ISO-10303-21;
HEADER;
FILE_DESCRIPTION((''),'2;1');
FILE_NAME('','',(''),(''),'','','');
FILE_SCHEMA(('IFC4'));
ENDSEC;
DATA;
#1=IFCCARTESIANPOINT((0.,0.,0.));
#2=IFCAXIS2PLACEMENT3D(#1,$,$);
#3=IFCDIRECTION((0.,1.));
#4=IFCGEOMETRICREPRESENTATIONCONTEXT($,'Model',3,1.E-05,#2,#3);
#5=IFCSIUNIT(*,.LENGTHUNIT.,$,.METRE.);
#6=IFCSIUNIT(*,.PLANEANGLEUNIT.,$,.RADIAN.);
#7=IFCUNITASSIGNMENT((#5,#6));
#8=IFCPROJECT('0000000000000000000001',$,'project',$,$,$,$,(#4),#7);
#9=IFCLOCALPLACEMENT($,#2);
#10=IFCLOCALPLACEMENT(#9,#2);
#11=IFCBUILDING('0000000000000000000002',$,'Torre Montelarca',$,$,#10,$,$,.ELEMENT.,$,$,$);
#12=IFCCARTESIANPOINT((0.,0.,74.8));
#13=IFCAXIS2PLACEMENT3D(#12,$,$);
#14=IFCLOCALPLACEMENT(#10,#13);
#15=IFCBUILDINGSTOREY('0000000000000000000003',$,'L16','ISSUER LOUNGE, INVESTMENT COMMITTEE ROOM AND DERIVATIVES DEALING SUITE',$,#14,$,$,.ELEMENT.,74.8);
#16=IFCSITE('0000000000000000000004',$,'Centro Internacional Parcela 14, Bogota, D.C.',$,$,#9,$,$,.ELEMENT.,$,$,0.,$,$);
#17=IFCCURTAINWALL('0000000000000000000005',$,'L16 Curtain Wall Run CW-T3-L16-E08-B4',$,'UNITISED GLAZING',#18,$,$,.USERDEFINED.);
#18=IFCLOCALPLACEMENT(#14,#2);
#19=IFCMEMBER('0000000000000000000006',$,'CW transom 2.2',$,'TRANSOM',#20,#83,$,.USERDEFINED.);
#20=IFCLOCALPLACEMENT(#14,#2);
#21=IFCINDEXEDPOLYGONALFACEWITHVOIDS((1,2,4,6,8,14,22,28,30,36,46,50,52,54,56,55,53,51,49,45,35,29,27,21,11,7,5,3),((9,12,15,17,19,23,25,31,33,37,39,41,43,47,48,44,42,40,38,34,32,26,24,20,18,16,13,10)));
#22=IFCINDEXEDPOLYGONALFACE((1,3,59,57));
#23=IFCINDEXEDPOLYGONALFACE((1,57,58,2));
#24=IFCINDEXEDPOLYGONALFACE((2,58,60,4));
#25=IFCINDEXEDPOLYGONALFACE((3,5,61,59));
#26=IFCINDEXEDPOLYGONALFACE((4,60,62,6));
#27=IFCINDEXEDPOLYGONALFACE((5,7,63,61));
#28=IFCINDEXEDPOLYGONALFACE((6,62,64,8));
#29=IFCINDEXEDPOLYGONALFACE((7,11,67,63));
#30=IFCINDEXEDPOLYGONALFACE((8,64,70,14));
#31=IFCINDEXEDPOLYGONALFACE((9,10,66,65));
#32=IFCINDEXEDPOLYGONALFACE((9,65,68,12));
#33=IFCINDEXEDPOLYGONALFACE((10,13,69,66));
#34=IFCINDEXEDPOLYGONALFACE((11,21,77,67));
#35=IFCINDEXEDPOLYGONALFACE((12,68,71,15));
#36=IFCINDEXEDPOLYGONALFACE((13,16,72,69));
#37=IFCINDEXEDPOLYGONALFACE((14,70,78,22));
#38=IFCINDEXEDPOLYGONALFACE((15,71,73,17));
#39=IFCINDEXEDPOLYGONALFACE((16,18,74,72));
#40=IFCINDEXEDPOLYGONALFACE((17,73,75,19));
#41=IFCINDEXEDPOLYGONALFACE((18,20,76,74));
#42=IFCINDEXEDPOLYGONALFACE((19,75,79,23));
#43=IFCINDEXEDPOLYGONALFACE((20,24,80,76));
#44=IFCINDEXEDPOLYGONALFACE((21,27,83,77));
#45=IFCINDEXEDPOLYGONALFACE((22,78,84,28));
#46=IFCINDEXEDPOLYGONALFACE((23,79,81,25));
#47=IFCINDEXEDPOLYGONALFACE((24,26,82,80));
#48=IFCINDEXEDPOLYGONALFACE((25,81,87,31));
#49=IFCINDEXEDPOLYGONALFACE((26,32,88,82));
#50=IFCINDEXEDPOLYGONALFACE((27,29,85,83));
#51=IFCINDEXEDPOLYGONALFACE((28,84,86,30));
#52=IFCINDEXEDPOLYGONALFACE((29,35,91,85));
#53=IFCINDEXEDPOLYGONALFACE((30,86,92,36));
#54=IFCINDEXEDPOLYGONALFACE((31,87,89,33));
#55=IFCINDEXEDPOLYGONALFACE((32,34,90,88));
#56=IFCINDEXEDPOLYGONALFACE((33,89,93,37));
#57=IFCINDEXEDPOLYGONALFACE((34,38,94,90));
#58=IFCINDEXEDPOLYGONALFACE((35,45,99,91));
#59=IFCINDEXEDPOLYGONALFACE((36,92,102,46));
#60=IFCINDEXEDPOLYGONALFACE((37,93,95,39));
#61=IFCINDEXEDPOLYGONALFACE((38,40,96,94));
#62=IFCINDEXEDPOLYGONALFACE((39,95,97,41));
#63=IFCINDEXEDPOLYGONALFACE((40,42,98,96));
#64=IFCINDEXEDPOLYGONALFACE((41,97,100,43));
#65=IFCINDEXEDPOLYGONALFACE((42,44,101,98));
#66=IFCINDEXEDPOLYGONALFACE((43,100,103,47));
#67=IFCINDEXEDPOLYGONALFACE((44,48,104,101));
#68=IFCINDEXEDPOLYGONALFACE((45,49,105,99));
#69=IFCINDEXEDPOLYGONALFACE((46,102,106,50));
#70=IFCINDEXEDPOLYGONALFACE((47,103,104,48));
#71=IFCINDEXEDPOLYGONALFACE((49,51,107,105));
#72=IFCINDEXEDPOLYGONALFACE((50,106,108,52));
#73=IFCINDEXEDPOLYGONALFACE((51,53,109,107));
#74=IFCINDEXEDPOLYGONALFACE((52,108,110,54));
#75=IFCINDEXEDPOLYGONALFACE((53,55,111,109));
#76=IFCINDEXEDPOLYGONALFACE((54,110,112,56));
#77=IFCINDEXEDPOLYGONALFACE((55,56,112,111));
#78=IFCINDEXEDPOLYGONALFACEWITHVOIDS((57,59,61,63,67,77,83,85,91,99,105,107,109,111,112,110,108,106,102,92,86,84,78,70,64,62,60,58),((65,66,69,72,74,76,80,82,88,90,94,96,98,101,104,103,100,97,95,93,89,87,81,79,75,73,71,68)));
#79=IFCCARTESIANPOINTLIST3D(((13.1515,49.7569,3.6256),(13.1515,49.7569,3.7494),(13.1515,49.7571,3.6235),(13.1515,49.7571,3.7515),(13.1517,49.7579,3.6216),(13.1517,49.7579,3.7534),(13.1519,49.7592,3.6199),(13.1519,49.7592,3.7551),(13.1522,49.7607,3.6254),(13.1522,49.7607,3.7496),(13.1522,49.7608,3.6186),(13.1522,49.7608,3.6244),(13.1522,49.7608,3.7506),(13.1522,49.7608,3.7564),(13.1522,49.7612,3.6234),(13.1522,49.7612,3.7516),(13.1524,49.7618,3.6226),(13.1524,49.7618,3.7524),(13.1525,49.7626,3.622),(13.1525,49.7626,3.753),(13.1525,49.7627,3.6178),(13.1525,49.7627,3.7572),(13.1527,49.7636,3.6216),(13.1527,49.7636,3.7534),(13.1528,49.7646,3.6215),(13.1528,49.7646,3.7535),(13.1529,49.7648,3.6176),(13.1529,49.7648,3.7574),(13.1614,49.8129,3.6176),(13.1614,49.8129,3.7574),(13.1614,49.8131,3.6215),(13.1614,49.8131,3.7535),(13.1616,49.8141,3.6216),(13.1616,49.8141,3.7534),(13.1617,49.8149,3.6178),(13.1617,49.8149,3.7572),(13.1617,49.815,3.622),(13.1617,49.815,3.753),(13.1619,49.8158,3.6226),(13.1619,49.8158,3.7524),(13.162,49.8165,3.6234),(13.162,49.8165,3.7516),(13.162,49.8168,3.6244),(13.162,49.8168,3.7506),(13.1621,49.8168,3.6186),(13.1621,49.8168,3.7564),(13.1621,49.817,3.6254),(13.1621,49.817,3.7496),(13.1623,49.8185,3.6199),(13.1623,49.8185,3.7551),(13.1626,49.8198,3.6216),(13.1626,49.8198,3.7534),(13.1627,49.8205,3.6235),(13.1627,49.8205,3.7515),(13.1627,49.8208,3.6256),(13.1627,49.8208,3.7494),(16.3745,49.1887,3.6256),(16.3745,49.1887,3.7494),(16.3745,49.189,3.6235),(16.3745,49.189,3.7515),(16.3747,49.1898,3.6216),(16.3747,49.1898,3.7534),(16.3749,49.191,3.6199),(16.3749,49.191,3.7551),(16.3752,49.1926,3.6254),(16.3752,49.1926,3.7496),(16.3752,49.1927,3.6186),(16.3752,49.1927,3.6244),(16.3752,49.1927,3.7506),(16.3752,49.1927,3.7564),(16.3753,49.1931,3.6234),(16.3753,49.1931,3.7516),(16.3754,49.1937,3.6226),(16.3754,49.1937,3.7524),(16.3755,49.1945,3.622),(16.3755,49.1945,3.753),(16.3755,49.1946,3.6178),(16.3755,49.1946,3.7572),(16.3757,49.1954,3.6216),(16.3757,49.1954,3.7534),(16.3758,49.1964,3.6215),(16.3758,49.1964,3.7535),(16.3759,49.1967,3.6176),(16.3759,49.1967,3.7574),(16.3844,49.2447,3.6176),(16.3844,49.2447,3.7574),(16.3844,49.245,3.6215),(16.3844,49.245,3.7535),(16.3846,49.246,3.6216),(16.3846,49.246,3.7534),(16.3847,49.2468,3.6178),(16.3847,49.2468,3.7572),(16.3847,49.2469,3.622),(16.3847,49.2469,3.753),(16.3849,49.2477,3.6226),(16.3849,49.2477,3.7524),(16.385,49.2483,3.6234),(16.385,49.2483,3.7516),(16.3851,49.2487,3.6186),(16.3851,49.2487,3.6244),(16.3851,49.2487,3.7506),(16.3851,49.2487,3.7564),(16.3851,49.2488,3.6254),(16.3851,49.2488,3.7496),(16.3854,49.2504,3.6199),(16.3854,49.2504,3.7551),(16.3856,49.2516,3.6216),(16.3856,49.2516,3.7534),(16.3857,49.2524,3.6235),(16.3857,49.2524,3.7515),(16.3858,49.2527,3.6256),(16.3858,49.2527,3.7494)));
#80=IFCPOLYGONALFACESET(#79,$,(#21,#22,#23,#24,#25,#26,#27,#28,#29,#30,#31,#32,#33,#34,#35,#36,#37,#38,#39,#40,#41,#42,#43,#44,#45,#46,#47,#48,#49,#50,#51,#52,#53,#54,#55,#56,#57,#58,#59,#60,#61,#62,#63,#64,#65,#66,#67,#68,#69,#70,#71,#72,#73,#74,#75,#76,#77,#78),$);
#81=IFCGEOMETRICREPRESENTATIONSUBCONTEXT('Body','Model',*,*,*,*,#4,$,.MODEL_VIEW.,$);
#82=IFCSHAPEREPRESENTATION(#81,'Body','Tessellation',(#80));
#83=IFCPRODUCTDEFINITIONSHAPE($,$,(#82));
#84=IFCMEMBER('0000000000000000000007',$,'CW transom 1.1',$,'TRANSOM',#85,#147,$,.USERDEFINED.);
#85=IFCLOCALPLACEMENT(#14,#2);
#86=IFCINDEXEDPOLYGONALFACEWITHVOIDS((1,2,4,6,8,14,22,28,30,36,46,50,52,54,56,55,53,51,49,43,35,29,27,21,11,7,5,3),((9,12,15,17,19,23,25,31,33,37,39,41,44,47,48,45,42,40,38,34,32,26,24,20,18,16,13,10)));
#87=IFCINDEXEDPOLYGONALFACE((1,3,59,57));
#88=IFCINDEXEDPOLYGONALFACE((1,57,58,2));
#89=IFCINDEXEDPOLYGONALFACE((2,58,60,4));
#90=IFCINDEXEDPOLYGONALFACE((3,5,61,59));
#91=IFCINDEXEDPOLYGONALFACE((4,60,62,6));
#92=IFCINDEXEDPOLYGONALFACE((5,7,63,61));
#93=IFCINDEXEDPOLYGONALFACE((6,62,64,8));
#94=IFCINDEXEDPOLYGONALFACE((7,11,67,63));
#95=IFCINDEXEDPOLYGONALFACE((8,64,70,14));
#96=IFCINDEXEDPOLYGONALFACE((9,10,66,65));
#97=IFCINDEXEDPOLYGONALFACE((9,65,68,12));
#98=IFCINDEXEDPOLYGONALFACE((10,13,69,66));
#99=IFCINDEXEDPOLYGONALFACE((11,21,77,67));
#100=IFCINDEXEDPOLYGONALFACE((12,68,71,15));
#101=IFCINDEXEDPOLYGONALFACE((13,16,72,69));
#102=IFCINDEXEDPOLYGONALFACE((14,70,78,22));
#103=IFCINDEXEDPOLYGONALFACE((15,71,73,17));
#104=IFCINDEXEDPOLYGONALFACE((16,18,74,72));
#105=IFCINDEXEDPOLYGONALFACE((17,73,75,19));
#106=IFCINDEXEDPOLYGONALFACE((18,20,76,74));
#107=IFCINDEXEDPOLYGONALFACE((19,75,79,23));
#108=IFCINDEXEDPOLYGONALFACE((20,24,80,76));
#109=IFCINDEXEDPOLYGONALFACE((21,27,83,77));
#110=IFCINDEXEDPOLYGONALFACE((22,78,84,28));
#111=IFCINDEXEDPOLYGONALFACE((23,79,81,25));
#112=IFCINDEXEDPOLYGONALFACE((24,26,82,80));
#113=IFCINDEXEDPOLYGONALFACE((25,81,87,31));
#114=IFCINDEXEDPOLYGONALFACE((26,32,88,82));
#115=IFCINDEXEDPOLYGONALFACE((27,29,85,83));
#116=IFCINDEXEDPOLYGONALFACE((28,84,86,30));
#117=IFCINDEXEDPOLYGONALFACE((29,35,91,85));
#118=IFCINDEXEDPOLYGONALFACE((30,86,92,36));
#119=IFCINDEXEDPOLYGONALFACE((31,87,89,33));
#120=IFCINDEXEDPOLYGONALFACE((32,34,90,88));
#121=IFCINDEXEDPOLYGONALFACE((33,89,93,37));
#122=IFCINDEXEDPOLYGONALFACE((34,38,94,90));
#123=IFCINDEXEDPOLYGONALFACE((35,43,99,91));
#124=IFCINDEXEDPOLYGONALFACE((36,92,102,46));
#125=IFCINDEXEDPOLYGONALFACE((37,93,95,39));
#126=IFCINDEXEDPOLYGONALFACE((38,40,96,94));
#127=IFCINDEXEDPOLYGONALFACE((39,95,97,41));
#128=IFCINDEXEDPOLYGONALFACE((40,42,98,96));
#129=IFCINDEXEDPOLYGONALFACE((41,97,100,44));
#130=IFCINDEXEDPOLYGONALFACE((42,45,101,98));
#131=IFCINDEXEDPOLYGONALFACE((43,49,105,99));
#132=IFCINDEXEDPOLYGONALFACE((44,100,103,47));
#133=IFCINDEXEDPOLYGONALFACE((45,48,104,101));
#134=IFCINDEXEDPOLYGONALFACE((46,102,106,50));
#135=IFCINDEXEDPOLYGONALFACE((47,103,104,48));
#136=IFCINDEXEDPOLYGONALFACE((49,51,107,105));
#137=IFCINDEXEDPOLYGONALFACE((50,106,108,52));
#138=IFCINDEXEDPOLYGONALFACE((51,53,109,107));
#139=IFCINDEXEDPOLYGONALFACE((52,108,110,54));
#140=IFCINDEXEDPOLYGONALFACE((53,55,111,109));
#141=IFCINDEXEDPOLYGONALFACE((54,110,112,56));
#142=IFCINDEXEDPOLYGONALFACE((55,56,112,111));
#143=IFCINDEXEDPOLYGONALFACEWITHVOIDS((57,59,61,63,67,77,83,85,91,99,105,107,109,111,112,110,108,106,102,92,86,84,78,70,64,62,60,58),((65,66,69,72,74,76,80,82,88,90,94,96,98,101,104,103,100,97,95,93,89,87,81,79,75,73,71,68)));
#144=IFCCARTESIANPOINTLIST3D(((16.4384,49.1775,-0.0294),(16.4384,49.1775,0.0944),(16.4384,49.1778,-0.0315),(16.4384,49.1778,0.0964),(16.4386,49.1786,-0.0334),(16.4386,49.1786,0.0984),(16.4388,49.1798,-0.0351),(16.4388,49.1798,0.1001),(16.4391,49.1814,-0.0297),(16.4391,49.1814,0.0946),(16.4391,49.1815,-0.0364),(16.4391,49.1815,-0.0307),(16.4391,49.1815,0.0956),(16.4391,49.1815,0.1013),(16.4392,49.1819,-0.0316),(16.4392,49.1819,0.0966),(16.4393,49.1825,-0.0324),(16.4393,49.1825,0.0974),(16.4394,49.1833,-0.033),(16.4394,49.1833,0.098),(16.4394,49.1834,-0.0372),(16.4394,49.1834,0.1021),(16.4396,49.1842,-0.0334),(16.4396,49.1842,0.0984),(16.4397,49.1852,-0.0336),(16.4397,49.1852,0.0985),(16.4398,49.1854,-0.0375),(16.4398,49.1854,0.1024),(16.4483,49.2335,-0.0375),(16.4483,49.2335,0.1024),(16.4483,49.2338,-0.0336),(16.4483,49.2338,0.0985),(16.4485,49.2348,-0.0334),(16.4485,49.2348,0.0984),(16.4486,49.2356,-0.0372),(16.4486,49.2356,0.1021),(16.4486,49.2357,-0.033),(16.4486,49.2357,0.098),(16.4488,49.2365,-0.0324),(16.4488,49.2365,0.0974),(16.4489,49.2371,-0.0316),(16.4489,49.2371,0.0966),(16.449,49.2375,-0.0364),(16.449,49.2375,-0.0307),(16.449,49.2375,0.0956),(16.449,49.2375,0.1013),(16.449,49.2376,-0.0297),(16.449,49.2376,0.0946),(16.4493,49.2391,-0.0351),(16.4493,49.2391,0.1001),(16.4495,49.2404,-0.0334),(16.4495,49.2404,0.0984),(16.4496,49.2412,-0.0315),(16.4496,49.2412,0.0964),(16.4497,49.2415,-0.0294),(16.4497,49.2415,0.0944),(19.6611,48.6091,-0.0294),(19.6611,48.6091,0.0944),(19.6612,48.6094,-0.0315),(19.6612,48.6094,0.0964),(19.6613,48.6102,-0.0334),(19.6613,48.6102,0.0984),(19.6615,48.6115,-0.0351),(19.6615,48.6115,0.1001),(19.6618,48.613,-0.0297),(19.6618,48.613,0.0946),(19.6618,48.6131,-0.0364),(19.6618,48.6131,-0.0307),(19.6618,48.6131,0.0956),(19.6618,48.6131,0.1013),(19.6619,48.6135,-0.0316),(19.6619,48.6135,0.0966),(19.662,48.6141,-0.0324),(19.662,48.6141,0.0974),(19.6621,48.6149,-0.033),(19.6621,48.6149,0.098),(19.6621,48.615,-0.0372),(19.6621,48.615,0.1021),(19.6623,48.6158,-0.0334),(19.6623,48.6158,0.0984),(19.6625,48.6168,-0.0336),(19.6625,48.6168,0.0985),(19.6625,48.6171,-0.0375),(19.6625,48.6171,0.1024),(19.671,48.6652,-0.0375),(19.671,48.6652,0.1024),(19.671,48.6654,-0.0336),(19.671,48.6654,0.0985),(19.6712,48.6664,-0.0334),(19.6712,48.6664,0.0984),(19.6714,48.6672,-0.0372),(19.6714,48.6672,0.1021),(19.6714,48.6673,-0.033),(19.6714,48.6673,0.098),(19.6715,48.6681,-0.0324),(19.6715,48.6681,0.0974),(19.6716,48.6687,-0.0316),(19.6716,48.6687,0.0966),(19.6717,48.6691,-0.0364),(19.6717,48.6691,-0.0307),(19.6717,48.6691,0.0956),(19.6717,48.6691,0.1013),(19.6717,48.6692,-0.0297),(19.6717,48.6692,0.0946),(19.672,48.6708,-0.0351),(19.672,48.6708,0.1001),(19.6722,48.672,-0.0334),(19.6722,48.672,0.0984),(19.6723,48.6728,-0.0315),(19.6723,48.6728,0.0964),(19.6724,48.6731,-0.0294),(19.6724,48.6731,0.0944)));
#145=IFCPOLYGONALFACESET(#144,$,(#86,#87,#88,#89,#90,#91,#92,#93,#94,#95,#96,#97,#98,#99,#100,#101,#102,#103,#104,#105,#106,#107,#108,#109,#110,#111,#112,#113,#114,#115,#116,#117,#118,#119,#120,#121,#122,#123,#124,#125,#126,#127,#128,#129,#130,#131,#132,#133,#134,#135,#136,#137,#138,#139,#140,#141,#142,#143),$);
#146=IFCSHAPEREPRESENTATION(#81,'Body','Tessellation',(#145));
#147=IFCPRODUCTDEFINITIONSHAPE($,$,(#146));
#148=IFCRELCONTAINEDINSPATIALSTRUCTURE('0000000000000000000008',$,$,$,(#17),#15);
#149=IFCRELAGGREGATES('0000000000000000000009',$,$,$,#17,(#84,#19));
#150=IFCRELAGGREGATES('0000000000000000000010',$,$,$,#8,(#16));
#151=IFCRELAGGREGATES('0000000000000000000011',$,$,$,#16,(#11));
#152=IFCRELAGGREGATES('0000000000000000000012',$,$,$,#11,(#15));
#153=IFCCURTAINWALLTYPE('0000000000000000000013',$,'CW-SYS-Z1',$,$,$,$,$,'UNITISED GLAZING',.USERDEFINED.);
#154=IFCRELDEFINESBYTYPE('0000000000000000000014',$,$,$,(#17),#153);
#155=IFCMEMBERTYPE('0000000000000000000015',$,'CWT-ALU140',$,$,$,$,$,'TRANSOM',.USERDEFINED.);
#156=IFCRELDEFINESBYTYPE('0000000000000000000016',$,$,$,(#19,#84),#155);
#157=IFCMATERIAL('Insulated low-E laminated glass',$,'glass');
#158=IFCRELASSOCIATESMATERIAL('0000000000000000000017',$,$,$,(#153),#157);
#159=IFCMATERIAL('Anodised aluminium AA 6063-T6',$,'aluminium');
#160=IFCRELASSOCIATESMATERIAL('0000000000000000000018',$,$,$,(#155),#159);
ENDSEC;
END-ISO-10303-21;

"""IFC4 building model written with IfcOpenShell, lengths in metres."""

from ifc_helpers import new_model, si_unit, direction, frame, origin, origin_2d, place, context, subcontext, project, spatial, hollow_rectangle, extrude, source, transform, mapped, material, material_profile, profile_set, type_object, element, aggregate, save


model = new_model("IFC4")

# Units and contexts
model_context = context("Model", 3, precision=1e-05, world=origin(), true_north=direction((0.0, 1.0)))
body_context = subcontext(model_context, "Body", "Model", "MODEL_VIEW")
ifc_project = project(units=[si_unit("LENGTHUNIT", "METRE"), si_unit("PLANEANGLEUNIT", "RADIAN")], contexts=[model_context])

# Site, building, storey
site_placement = place(None, origin())
site = spatial("IfcSite", under=ifc_project, at=site_placement, Name="Centro Internacional Parcela 14, Bogota, D.C.", CompositionType="ELEMENT", RefElevation=0.0)
building_placement = place(site_placement, origin())
building = spatial("IfcBuilding", under=site, at=building_placement, Name="Torre Montelarca", CompositionType="ELEMENT")
storey_placement = place(building_placement, frame((0.0, 0.0, 74.8)))
storey = spatial("IfcBuildingStorey", under=building, at=storey_placement, Name="L16", Description="ISSUER LOUNGE, INVESTMENT COMMITTEE ROOM AND DERIVATIVES DEALING SUITE", CompositionType="ELEMENT", Elevation=74.8)

# Curtain wall, members
ifc_material_1 = material(Name="Insulated low-E laminated glass", Category="glass")
curtain_wall_type = type_object("IfcCurtainWallType", Name="CW-SYS-Z1", ElementType="UNITISED GLAZING", PredefinedType="USERDEFINED", material=ifc_material_1)
curtain_wall_1_placement = place(storey_placement, origin())
curtain_wall_1 = element("IfcCurtainWall", 1, at=curtain_wall_1_placement, inside=storey, type_object=curtain_wall_type, Name="L16 Curtain Wall Run CW-T3-L16-E08-B4", ObjectType="UNITISED GLAZING", PredefinedType="USERDEFINED")
ifc_material_2 = material(Name="Anodised aluminium AA 6063-T6", Category="aluminium")
ifc_material_profile_1 = material_profile(ifc_material_2, hollow_rectangle(XDim=0.0649, YDim=0.1399, WallThickness=0.0039, InnerFilletRadius=0.0039, OuterFilletRadius=0.0081, at=origin_2d()), Name="ALU65X140X4", Category="aluminium")
ifc_profile_set_1 = profile_set([ifc_material_profile_1], Name="Anodised aluminium AA 6063-T6")
member_type_1 = type_object("IfcMemberType", Name="CWT-ALU140", ElementType="TRANSOM", PredefinedType="USERDEFINED", material=ifc_profile_set_1)
shared_shape_1 = source(origin(), body_context, "Body", "SweptSolid", [
    extrude(hollow_rectangle(XDim=0.0649, YDim=0.1399, WallThickness=0.0039, InnerFilletRadius=0.0039, OuterFilletRadius=0.0081, at=origin_2d()), origin(), (0.0, 0.0, 1.0), 3.2727),
])
member_1_placement = place(storey_placement, frame((16.3801, 49.2207, 3.6875), z_axis=(-0.984817, 0.173598, 0.0), x_axis=(-0.173598, -0.984817, 0.0)))
member_1 = element("IfcMember", 2, at=member_1_placement, type_object=member_type_1, Name="CW transom 2.2", ObjectType="TRANSOM", PredefinedType="USERDEFINED", context=body_context, shape_type="MappedRepresentation", body=[
    mapped(shared_shape_1, transform((0.0, 0.0, 0.0), scale=1.0)),
])
shared_shape_2 = source(origin(), body_context, "Body", "SweptSolid", [
    extrude(hollow_rectangle(XDim=0.0649, YDim=0.1399, WallThickness=0.0039, InnerFilletRadius=0.0039, OuterFilletRadius=0.0081, at=origin_2d()), origin(), (0.0, 0.0, 1.0), 3.2725),
])
member_2_placement = place(storey_placement, frame((19.6667, 48.6411, 0.0325), z_axis=(-0.984802, 0.173683, 0.0), x_axis=(-0.173683, -0.984802, 0.0)))
member_2 = element("IfcMember", 3, at=member_2_placement, type_object=member_type_1, Name="CW transom 1.1", ObjectType="TRANSOM", PredefinedType="USERDEFINED", context=body_context, shape_type="MappedRepresentation", body=[
    mapped(shared_shape_2, transform((0.0, 0.0, 0.0), scale=1.0)),
])

aggregate(curtain_wall_1, [member_2, member_1])

save(model, "model.ifc")
